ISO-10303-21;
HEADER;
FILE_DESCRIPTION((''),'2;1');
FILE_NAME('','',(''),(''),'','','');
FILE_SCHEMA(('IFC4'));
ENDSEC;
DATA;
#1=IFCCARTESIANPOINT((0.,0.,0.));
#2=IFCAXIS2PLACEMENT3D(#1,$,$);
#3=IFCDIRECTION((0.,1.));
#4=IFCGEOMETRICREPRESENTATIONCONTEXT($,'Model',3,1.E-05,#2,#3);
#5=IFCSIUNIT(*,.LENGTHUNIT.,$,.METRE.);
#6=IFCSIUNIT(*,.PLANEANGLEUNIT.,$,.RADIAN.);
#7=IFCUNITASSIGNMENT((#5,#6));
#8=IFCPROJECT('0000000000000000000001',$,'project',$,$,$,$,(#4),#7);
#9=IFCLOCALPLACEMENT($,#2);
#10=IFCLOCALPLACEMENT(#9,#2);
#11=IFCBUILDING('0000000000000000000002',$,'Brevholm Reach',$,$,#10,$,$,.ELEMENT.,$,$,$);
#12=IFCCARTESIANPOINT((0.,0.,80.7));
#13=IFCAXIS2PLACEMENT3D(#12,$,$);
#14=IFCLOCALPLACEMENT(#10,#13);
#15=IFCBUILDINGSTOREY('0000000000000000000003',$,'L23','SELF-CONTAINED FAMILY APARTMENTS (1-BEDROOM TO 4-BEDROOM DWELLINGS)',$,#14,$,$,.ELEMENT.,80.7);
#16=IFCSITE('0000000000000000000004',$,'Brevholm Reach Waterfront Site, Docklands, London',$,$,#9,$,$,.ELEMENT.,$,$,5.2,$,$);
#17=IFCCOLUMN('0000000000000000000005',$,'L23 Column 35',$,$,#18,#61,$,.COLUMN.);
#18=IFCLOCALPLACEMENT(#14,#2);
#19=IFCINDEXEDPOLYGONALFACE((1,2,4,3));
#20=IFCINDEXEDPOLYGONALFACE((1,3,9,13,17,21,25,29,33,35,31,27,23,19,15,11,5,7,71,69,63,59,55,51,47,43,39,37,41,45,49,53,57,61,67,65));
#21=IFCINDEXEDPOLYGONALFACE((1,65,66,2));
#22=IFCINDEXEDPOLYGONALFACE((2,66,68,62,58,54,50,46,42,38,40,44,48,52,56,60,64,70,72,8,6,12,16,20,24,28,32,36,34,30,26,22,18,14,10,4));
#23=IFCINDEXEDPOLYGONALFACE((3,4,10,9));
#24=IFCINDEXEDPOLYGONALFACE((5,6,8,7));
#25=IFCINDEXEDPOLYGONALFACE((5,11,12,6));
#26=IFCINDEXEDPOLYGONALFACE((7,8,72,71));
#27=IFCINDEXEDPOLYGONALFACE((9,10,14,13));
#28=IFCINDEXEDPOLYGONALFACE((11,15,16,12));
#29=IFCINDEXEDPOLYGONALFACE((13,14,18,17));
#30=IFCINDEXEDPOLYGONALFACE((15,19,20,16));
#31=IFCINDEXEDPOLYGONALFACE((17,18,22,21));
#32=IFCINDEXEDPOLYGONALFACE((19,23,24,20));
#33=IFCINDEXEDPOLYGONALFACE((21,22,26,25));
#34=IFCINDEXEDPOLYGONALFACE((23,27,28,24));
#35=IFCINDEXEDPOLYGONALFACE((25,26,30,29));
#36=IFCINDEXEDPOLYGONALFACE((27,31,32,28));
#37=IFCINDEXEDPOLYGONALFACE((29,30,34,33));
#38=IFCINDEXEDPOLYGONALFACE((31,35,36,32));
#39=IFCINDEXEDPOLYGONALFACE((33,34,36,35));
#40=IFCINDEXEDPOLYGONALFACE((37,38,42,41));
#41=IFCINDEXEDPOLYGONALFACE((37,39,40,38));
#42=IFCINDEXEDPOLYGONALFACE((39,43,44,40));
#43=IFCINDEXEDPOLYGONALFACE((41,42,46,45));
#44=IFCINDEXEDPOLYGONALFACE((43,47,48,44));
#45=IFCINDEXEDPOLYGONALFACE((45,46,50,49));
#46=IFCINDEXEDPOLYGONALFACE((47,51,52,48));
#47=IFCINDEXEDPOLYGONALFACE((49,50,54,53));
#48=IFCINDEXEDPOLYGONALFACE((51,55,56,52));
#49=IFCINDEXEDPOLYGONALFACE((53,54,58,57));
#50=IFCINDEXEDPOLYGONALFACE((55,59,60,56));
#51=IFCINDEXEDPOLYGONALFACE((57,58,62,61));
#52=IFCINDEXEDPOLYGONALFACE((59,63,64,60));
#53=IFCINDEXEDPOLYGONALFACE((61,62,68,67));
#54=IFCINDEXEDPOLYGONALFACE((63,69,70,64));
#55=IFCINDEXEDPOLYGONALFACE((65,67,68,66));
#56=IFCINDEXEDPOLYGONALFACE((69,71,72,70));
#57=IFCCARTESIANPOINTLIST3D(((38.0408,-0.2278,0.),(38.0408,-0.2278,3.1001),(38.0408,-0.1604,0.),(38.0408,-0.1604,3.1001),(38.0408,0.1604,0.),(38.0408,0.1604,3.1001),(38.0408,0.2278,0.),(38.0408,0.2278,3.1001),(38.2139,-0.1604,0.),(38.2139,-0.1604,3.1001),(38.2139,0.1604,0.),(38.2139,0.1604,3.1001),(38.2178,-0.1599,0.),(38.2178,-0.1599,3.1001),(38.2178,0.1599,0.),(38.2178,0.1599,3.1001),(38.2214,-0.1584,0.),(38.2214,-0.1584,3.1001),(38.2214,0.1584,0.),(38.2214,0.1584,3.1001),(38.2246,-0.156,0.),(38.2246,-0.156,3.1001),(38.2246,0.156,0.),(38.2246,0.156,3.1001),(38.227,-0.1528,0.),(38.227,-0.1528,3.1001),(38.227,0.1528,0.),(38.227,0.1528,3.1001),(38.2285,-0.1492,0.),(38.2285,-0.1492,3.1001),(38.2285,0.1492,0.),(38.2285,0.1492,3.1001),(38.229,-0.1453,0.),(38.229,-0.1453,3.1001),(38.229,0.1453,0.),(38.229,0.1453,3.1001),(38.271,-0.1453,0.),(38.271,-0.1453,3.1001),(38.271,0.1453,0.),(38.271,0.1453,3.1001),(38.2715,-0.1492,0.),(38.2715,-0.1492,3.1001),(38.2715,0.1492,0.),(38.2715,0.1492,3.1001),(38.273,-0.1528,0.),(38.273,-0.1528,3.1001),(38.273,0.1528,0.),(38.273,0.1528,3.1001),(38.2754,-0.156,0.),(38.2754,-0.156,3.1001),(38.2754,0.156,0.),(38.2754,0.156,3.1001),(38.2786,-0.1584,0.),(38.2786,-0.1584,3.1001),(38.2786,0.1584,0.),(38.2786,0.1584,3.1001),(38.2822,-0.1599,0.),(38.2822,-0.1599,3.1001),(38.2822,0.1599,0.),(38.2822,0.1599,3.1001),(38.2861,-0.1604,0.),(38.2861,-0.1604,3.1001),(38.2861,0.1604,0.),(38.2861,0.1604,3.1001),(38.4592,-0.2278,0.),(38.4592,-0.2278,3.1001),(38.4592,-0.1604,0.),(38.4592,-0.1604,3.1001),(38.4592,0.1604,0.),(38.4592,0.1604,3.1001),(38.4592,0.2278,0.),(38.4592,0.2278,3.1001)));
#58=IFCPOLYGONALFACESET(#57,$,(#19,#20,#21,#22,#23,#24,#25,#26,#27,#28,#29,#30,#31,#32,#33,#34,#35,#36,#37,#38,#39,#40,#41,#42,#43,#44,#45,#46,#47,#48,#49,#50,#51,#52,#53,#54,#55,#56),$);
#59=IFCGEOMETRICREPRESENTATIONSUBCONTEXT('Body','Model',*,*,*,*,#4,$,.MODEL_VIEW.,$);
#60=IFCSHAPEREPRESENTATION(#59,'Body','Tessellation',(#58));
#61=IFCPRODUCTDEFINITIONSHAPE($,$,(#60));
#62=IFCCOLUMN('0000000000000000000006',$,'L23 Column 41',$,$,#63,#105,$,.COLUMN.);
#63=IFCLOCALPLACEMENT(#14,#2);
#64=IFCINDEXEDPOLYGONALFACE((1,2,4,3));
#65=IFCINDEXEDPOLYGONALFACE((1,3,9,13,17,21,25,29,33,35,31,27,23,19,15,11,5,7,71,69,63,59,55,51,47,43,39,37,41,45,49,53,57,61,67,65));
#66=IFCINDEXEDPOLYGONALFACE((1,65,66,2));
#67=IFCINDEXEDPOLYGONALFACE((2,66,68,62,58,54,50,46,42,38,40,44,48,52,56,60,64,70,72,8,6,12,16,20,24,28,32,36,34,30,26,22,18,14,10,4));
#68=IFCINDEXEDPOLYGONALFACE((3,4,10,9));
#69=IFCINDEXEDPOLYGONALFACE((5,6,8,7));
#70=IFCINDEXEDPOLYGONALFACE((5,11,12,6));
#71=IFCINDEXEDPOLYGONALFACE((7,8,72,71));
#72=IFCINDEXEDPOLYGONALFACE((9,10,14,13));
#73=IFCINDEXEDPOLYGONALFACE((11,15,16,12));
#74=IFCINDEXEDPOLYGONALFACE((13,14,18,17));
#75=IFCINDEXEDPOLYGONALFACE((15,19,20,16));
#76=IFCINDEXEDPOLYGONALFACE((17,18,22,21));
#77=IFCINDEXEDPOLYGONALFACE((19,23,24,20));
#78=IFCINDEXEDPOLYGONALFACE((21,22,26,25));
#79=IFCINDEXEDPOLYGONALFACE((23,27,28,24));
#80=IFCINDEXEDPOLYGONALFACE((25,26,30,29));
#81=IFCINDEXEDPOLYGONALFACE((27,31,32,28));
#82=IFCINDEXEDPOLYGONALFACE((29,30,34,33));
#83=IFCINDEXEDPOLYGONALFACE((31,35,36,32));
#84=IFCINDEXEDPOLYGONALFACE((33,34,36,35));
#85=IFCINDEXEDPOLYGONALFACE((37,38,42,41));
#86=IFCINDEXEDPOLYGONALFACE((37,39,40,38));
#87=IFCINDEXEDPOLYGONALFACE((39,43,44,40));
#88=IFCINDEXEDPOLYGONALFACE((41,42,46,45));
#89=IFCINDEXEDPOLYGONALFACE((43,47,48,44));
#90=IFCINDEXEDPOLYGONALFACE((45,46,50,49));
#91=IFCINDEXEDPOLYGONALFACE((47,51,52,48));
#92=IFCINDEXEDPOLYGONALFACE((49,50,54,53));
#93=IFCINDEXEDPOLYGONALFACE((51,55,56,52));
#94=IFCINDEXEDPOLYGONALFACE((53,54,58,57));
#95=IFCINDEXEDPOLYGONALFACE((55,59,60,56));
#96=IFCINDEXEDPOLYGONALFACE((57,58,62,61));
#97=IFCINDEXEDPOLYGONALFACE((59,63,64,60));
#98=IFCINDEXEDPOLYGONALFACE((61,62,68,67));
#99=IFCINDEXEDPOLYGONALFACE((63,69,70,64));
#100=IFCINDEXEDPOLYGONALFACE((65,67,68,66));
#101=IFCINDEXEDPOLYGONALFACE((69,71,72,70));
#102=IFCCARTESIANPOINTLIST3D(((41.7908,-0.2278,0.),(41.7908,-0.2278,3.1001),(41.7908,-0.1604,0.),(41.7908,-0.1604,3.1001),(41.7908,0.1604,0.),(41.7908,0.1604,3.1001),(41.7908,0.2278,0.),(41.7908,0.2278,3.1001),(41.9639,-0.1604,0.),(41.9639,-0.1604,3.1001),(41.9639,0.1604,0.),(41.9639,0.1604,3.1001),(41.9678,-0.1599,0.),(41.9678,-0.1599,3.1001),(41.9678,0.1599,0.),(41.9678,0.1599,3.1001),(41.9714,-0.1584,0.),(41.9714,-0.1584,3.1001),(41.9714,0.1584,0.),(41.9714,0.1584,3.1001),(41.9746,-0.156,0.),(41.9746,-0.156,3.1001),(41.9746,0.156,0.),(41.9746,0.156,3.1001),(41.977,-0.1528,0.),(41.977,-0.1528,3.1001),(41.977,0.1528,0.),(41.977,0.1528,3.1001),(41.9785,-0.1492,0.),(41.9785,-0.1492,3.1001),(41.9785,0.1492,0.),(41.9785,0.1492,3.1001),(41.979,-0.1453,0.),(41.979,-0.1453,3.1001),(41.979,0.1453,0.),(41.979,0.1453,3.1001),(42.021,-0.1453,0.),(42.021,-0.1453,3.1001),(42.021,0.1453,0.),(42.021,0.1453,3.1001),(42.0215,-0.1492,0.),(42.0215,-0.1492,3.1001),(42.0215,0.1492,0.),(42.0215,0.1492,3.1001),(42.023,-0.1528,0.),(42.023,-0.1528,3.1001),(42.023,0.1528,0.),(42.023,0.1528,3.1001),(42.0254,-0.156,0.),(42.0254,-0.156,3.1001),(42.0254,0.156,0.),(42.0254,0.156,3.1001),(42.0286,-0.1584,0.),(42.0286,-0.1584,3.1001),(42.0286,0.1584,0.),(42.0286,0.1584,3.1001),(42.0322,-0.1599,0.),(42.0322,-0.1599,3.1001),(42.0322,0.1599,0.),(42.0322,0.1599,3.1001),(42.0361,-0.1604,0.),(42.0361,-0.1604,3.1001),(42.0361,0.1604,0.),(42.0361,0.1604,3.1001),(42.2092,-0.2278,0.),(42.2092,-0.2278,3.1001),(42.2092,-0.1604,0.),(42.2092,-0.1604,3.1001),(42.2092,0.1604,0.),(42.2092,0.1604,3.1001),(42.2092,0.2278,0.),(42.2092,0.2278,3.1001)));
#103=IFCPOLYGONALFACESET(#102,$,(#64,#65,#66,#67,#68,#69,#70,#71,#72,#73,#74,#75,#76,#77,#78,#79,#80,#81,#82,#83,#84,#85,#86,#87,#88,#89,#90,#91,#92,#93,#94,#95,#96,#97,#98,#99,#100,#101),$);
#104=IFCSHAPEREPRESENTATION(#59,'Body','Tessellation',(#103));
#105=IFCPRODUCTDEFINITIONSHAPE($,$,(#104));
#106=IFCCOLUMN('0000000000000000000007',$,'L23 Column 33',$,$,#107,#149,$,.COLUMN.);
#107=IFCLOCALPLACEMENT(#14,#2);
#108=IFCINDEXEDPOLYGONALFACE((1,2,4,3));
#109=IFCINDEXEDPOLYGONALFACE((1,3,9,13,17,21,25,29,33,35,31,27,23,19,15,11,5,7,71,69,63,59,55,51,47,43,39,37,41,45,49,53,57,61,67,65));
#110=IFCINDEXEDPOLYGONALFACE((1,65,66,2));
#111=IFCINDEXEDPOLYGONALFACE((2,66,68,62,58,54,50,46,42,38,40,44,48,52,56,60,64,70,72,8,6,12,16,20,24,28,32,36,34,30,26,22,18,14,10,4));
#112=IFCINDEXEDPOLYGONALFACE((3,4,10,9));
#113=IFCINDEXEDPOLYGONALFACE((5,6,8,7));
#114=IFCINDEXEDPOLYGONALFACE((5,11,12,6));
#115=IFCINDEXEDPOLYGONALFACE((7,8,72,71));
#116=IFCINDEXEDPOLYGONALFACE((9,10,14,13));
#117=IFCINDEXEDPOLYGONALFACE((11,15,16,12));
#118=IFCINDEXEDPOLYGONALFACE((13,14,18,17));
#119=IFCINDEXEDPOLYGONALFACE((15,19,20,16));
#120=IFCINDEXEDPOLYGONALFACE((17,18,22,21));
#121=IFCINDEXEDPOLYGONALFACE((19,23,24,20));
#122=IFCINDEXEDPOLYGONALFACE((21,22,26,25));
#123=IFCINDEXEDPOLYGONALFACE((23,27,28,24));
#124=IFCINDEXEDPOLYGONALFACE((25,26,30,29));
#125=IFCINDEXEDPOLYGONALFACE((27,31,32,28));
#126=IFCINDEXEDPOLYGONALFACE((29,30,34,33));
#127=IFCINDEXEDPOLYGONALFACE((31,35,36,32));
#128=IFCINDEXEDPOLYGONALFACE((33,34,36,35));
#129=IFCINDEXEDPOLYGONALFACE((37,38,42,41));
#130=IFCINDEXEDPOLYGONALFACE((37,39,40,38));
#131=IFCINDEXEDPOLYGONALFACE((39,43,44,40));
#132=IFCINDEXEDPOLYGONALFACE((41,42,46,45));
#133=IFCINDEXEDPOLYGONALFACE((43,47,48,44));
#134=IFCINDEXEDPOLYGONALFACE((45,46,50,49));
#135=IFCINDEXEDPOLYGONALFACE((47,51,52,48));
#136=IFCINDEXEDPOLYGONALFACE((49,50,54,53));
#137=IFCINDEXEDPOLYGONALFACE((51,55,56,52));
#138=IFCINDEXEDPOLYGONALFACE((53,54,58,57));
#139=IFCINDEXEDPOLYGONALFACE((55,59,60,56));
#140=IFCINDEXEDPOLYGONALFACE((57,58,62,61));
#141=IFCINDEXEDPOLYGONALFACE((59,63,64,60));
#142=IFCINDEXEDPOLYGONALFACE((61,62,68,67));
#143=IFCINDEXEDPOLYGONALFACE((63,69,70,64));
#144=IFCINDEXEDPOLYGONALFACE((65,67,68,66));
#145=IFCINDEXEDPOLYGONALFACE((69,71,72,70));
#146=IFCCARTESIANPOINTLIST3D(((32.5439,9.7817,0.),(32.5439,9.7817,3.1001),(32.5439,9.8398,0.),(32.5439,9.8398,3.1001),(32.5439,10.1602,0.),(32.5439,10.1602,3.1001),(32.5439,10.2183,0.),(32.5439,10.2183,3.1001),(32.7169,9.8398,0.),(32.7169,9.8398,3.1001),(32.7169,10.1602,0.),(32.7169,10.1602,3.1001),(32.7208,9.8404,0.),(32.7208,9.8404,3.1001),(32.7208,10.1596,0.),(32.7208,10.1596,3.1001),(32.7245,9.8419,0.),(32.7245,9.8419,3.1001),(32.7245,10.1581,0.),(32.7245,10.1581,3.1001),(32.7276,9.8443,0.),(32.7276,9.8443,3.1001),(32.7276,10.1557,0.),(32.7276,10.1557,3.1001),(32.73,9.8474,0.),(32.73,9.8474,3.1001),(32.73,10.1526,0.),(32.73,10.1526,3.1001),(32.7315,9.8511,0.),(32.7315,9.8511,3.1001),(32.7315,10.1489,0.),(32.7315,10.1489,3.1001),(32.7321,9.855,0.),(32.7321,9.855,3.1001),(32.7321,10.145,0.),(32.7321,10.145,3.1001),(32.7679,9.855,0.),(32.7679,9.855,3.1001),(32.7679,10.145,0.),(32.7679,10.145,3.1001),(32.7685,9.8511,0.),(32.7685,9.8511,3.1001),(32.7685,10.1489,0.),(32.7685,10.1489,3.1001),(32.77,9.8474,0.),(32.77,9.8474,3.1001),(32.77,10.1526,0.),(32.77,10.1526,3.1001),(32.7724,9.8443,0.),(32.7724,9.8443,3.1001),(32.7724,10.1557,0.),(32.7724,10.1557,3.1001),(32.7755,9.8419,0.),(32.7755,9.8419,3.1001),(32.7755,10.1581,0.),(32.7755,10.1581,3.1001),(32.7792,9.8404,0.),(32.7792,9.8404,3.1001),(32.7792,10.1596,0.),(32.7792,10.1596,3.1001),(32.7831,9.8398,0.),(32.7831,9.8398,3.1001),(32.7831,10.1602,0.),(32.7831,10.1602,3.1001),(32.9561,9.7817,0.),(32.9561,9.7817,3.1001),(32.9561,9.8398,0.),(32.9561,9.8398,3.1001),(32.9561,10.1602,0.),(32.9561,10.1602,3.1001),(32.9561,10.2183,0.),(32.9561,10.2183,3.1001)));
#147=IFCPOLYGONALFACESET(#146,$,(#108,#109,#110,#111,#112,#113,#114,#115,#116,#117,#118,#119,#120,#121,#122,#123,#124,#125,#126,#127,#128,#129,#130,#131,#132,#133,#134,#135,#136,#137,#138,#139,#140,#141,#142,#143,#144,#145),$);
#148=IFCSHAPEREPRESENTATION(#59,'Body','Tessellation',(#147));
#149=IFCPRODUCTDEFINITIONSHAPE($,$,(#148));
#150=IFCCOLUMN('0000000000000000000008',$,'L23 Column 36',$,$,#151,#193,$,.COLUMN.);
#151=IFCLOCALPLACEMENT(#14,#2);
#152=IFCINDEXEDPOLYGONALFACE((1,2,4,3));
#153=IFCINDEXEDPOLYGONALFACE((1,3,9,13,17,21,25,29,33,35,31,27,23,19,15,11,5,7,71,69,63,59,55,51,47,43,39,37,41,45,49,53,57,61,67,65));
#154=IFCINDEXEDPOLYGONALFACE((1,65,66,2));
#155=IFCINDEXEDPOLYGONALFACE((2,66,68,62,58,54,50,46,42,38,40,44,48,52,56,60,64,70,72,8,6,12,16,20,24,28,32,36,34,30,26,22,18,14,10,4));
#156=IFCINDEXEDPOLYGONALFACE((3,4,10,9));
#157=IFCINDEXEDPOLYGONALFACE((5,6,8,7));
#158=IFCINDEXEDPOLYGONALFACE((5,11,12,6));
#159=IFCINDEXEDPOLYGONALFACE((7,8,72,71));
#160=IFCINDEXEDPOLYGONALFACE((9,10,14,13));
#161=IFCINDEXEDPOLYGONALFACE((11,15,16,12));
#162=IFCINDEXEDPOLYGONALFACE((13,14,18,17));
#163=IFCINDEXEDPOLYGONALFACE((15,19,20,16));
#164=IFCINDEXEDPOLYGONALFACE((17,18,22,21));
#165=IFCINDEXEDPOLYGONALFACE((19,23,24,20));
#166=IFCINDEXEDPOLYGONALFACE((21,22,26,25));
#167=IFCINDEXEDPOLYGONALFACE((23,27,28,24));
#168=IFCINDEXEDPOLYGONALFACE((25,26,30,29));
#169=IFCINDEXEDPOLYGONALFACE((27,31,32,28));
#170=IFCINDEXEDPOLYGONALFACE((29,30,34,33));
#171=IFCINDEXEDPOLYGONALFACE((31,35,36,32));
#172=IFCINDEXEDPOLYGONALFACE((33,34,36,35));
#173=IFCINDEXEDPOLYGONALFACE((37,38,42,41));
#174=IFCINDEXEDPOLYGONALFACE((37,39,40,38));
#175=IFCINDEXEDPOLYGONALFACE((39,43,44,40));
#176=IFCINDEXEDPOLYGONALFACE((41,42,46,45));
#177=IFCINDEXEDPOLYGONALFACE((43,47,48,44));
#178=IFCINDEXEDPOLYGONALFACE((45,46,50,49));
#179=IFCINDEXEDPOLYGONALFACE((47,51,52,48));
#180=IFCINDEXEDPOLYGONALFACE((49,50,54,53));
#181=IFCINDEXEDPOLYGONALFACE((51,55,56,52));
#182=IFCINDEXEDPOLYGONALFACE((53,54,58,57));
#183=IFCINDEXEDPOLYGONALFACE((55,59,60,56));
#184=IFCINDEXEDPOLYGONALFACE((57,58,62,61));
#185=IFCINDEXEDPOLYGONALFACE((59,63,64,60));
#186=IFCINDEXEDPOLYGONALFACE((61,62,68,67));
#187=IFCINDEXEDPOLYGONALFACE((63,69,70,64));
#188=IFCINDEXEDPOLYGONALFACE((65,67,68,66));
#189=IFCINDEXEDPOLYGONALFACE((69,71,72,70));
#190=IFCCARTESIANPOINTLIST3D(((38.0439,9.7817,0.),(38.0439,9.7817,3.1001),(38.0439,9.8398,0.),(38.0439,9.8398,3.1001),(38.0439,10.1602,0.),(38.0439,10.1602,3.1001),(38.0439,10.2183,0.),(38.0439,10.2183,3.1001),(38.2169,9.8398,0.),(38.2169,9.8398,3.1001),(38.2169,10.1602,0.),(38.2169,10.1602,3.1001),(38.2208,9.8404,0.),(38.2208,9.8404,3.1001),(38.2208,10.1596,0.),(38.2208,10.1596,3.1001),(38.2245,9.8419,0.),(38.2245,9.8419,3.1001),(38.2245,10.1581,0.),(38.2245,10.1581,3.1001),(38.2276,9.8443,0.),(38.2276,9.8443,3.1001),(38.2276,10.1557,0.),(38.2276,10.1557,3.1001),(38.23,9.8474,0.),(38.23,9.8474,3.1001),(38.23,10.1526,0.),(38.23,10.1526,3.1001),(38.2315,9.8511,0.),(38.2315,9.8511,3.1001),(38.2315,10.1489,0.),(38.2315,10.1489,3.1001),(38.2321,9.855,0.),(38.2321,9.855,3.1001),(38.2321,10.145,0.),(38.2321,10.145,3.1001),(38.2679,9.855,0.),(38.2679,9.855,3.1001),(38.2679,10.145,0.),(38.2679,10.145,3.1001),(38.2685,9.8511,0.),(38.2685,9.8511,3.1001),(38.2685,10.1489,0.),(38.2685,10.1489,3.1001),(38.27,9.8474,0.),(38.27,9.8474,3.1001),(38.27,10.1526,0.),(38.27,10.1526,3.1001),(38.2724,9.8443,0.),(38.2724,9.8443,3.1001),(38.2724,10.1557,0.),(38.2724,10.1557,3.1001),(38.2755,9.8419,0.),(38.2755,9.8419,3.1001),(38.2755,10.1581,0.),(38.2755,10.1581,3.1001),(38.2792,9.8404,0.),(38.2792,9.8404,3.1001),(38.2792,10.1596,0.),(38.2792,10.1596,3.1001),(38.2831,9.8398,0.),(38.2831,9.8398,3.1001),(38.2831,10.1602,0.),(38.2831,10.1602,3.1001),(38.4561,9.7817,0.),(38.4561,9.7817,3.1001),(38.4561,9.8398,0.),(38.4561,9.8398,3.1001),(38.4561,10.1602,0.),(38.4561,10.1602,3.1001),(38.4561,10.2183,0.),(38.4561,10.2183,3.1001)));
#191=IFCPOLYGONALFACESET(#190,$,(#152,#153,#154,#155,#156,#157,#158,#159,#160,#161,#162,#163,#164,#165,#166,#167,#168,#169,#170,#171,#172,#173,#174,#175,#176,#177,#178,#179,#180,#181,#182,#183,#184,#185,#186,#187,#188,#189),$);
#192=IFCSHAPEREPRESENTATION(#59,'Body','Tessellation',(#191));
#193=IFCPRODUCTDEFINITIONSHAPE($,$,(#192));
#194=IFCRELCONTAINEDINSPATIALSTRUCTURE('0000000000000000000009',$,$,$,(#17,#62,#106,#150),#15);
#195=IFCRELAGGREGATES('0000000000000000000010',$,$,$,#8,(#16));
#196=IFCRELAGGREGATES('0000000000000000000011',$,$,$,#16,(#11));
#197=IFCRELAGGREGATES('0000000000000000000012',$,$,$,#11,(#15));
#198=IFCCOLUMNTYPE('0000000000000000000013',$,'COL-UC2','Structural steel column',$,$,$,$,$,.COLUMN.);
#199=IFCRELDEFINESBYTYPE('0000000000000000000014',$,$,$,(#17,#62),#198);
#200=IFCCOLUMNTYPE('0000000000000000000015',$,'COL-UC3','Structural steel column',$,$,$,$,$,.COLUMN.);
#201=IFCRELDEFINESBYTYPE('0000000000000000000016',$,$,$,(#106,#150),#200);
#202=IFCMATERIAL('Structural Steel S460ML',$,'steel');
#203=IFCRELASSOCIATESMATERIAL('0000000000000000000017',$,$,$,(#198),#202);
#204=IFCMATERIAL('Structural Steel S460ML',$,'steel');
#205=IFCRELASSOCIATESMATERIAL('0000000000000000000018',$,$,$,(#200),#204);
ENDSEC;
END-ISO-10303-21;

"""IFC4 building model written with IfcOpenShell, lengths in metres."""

from ifc_helpers import new_model, si_unit, direction, frame, origin, origin_2d, place, context, subcontext, project, spatial, i_section, extrude, material, material_profile, profile_set, type_object, element, save


model = new_model("IFC4")

# Units and contexts
model_context = context("Model", 3, precision=1e-05, world=origin(), true_north=direction((0.0, 1.0)))
body_context = subcontext(model_context, "Body", "Model", "MODEL_VIEW")
ifc_project = project(units=[si_unit("LENGTHUNIT", "METRE"), si_unit("PLANEANGLEUNIT", "RADIAN")], contexts=[model_context])

# Site, building, storey
site_placement = place(None, origin())
site = spatial("IfcSite", under=ifc_project, at=site_placement, Name="Brevholm Reach Waterfront Site, Docklands, London", CompositionType="ELEMENT", RefElevation=5.2)
building_placement = place(site_placement, origin())
building = spatial("IfcBuilding", under=site, at=building_placement, Name="Brevholm Reach", CompositionType="ELEMENT")
storey_placement = place(building_placement, frame((0.0, 0.0, 80.7)))
storey = spatial("IfcBuildingStorey", under=building, at=storey_placement, Name="L23", Description="SELF-CONTAINED FAMILY APARTMENTS (1-BEDROOM TO 4-BEDROOM DWELLINGS)", CompositionType="ELEMENT", Elevation=80.7)

# Columns
ifc_material_1 = material(Name="Structural Steel S460ML", Category="steel")
ifc_material_profile_1 = material_profile(ifc_material_1, i_section(OverallWidth=0.4185, OverallDepth=0.4556, WebThickness=0.042, FlangeThickness=0.0674, FilletRadius=0.0151, at=origin_2d()), Name="UKC 356x406x551")
ifc_profile_set_1 = profile_set([ifc_material_profile_1], Name="Structural Steel S460ML")
column_type_1 = type_object("IfcColumnType", Name="COL-UC2", Description="Structural steel column", PredefinedType="COLUMN", material=ifc_profile_set_1)
for number, where, z_axis, x_axis, name in (
    (1, (38.25, 0.0, 0.0), (0.0, 0.0, 1.0), (1.0, 0.0, 0.0), "L23 Column 35"),
    (2, (42.0, 0.0, 0.0), (0.0, 0.0, 1.0), (1.0, 0.0, 0.0), "L23 Column 41"),
):
    element("IfcColumn", number, at=place(storey_placement, frame(where, z_axis=z_axis, x_axis=x_axis)), inside=storey, type_object=column_type_1, Name=name, PredefinedType="COLUMN", context=body_context, shape_type="SweptSolid", body=[
        extrude(i_section(OverallWidth=0.4185, OverallDepth=0.4556, WebThickness=0.042, FlangeThickness=0.0674, FilletRadius=0.0151, at=origin_2d()), origin(), (0.0, 0.0, 1.0), 3.1001),
    ])
ifc_material_2 = material(Name="Structural Steel S460ML", Category="steel")
ifc_material_profile_2 = material_profile(ifc_material_2, i_section(OverallWidth=0.4121, OverallDepth=0.4365, WebThickness=0.0359, FlangeThickness=0.0581, FilletRadius=0.0151, at=origin_2d()), Name="UKC 356x406x467")
ifc_profile_set_2 = profile_set([ifc_material_profile_2], Name="Structural Steel S460ML")
column_type_2 = type_object("IfcColumnType", Name="COL-UC3", Description="Structural steel column", PredefinedType="COLUMN", material=ifc_profile_set_2)
for number, where, z_axis, x_axis, name in (
    (3, (32.75, 10.0, 0.0), (0.0, 0.0, 1.0), (1.0, 0.0, 0.0), "L23 Column 33"),
    (4, (38.25, 10.0, 0.0), (0.0, 0.0, 1.0), (1.0, 0.0, 0.0), "L23 Column 36"),
):
    element("IfcColumn", number, at=place(storey_placement, frame(where, z_axis=z_axis, x_axis=x_axis)), inside=storey, type_object=column_type_2, Name=name, PredefinedType="COLUMN", context=body_context, shape_type="SweptSolid", body=[
        extrude(i_section(OverallWidth=0.4121, OverallDepth=0.4365, WebThickness=0.0359, FlangeThickness=0.0581, FilletRadius=0.0151, at=origin_2d()), origin(), (0.0, 0.0, 1.0), 3.1001),
    ])

save(model, "model.ifc")
